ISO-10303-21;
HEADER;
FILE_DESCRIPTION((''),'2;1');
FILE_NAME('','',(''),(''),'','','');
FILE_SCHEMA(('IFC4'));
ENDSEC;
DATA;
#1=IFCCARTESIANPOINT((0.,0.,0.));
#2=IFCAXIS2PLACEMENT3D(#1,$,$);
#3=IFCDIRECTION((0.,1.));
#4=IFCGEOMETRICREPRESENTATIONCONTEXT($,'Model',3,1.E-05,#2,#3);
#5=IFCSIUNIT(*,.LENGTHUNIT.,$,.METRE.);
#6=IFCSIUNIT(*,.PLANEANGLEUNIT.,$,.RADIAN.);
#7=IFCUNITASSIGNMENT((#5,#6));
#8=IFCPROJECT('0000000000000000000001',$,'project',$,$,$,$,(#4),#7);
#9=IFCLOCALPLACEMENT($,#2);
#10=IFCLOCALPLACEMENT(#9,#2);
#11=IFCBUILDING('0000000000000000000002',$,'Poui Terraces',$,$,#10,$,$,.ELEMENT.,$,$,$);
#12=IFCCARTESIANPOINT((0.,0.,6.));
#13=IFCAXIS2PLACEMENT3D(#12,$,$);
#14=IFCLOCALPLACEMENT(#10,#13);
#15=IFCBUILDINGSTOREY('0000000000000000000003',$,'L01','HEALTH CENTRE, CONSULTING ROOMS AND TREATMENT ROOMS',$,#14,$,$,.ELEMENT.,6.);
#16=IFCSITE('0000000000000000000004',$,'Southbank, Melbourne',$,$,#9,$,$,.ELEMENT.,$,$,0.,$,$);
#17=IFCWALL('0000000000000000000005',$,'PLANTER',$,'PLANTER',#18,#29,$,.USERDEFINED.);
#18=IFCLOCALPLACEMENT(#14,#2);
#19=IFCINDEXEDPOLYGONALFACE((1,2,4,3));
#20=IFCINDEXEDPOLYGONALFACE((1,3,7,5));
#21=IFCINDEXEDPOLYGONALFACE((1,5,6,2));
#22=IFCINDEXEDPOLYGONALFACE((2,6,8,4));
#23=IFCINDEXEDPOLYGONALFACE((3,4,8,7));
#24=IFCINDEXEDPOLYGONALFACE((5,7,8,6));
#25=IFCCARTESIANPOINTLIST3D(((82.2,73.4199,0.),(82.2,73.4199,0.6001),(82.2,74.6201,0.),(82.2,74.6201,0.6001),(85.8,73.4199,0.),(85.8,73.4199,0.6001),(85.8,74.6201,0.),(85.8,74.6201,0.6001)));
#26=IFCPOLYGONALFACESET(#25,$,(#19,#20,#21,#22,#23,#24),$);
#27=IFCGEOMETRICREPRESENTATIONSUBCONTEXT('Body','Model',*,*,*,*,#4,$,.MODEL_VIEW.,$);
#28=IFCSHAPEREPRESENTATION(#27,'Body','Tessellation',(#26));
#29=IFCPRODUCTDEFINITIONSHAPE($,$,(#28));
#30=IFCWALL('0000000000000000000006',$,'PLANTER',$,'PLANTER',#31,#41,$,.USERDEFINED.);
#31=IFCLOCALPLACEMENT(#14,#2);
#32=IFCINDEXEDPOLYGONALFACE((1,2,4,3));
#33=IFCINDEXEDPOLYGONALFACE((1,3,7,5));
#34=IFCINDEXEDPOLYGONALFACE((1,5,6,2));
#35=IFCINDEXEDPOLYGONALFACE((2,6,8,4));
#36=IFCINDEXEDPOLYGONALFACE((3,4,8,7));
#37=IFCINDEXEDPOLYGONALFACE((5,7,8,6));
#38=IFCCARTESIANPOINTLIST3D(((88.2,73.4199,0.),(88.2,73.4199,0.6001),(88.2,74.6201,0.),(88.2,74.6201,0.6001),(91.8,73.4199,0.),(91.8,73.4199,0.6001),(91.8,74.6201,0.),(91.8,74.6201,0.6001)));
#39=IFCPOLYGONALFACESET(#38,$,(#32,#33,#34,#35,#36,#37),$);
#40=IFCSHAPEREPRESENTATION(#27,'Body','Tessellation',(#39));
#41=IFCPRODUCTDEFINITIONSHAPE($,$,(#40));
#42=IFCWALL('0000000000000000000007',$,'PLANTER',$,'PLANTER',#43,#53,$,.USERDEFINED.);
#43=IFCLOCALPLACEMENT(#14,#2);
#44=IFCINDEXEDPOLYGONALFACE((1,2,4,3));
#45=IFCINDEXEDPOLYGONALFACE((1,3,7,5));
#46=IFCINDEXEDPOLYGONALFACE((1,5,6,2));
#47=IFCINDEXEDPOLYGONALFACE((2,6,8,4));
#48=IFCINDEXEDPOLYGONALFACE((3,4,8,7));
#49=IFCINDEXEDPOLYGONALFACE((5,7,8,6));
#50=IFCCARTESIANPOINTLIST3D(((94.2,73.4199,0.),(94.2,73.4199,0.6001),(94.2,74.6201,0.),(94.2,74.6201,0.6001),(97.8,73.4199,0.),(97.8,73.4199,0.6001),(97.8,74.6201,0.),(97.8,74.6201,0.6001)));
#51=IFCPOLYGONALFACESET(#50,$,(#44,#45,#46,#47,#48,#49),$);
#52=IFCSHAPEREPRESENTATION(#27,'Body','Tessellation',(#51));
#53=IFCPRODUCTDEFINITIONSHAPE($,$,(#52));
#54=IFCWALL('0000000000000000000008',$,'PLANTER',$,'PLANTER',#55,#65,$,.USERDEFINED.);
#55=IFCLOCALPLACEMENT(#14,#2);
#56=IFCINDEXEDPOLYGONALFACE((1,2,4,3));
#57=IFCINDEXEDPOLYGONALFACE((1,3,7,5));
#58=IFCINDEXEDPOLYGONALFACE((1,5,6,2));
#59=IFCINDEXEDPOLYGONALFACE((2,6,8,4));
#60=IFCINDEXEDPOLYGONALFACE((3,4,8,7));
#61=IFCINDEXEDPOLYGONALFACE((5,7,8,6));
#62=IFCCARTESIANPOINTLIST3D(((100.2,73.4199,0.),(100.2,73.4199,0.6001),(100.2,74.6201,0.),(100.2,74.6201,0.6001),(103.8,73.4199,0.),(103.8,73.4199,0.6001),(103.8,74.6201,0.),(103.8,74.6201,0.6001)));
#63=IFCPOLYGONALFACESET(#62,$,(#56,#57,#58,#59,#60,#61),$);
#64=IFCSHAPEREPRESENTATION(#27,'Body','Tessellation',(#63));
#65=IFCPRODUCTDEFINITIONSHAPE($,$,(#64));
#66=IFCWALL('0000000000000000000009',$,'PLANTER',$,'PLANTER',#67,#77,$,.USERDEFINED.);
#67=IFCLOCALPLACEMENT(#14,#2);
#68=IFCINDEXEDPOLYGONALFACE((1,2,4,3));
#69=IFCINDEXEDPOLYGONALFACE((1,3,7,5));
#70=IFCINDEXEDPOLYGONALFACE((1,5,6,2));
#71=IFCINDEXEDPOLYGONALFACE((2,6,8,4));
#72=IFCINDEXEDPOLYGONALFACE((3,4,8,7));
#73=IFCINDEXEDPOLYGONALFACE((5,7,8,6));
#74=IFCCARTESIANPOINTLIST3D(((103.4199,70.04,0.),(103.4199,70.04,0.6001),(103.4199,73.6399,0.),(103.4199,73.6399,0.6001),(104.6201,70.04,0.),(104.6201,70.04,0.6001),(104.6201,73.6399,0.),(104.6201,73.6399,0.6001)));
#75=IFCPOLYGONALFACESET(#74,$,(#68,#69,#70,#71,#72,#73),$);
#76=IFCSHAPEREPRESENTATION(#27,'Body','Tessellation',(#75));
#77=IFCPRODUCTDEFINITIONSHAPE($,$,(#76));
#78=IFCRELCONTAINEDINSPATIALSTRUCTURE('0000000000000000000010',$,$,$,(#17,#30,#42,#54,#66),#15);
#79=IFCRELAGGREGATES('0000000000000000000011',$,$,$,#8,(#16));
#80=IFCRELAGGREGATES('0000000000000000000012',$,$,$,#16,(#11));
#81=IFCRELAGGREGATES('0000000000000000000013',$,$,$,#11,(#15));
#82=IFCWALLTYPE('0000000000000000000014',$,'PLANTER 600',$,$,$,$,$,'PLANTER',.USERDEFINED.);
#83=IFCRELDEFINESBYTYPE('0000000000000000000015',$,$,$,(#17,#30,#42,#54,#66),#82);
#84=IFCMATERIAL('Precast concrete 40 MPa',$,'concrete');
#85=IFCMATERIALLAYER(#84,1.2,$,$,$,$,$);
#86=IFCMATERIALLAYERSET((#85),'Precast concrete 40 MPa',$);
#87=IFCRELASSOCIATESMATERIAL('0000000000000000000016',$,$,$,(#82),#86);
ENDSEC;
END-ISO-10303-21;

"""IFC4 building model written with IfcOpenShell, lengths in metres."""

from ifc_helpers import new_model, si_unit, direction, frame, origin, place, context, subcontext, project, spatial, polyline, outline, extrude, source, transform, mapped, material, layer, layer_set, type_object, element, save


model = new_model("IFC4")

# Units and contexts
model_context = context("Model", 3, precision=1e-05, world=origin(), true_north=direction((0.0, 1.0)))
body_context = subcontext(model_context, "Body", "Model", "MODEL_VIEW")
ifc_project = project(units=[si_unit("LENGTHUNIT", "METRE"), si_unit("PLANEANGLEUNIT", "RADIAN")], contexts=[model_context])

# Site, building, storey
site_placement = place(None, origin())
site = spatial("IfcSite", under=ifc_project, at=site_placement, Name="Southbank, Melbourne", CompositionType="ELEMENT", RefElevation=0.0)
building_placement = place(site_placement, origin())
building = spatial("IfcBuilding", under=site, at=building_placement, Name="Poui Terraces", CompositionType="ELEMENT")
storey_placement = place(building_placement, frame((0.0, 0.0, 6.0)))
storey = spatial("IfcBuildingStorey", under=building, at=storey_placement, Name="L01", Description="HEALTH CENTRE, CONSULTING ROOMS AND TREATMENT ROOMS", CompositionType="ELEMENT", Elevation=6.0)

# Shared definitions
ifc_material_1 = material(Name="Precast concrete 40 MPa", Category="concrete")

# Walls
ifc_layer_1 = layer(ifc_material_1, 1.2)
ifc_layer_set_1 = layer_set([ifc_layer_1], Name="Precast concrete 40 MPa")
wall_type_1 = type_object("IfcWallType", Name="PLANTER 600", ElementType="PLANTER", PredefinedType="USERDEFINED", material=ifc_layer_set_1)
shared_shape_1 = source(origin(), body_context, "Body", "SweptSolid", [
    extrude(outline(polyline([(0.0, 0.0), (3.6001, 0.0), (3.6001, 1.2002), (0.0, 1.2002), (0.0, 0.0)])), origin(), (0.0, 0.0, 1.0), 0.6001),
])
for number, where, name in (
    (1, (82.2, 73.4199, 0.0), "PLANTER"),
    (2, (88.2, 73.4199, 0.0), "PLANTER"),
    (3, (94.2, 73.4199, 0.0), "PLANTER"),
    (4, (100.2, 73.4199, 0.0), "PLANTER"),
):
    element("IfcWall", number, at=place(storey_placement, frame(where)), inside=storey, type_object=wall_type_1, Name=name, ObjectType="PLANTER", PredefinedType="USERDEFINED", context=body_context, shape_type="MappedRepresentation", body=[
        mapped(shared_shape_1, transform((0.0, 0.0, 0.0))),
    ])
shared_shape_2 = source(origin(), body_context, "Body", "SweptSolid", [
    extrude(outline(polyline([(0.0, 0.0), (1.2002, 0.0), (1.2002, 3.5999), (0.0, 3.5999), (0.0, 0.0)])), origin(), (0.0, 0.0, 1.0), 0.6001),
])
wall_1_placement = place(storey_placement, frame((103.4199, 70.04, 0.0)))
element("IfcWall", 5, at=wall_1_placement, inside=storey, type_object=wall_type_1, Name="PLANTER", ObjectType="PLANTER", PredefinedType="USERDEFINED", context=body_context, shape_type="MappedRepresentation", body=[
    mapped(shared_shape_2, transform((0.0, 0.0, 0.0))),
])

save(model, "model.ifc")
